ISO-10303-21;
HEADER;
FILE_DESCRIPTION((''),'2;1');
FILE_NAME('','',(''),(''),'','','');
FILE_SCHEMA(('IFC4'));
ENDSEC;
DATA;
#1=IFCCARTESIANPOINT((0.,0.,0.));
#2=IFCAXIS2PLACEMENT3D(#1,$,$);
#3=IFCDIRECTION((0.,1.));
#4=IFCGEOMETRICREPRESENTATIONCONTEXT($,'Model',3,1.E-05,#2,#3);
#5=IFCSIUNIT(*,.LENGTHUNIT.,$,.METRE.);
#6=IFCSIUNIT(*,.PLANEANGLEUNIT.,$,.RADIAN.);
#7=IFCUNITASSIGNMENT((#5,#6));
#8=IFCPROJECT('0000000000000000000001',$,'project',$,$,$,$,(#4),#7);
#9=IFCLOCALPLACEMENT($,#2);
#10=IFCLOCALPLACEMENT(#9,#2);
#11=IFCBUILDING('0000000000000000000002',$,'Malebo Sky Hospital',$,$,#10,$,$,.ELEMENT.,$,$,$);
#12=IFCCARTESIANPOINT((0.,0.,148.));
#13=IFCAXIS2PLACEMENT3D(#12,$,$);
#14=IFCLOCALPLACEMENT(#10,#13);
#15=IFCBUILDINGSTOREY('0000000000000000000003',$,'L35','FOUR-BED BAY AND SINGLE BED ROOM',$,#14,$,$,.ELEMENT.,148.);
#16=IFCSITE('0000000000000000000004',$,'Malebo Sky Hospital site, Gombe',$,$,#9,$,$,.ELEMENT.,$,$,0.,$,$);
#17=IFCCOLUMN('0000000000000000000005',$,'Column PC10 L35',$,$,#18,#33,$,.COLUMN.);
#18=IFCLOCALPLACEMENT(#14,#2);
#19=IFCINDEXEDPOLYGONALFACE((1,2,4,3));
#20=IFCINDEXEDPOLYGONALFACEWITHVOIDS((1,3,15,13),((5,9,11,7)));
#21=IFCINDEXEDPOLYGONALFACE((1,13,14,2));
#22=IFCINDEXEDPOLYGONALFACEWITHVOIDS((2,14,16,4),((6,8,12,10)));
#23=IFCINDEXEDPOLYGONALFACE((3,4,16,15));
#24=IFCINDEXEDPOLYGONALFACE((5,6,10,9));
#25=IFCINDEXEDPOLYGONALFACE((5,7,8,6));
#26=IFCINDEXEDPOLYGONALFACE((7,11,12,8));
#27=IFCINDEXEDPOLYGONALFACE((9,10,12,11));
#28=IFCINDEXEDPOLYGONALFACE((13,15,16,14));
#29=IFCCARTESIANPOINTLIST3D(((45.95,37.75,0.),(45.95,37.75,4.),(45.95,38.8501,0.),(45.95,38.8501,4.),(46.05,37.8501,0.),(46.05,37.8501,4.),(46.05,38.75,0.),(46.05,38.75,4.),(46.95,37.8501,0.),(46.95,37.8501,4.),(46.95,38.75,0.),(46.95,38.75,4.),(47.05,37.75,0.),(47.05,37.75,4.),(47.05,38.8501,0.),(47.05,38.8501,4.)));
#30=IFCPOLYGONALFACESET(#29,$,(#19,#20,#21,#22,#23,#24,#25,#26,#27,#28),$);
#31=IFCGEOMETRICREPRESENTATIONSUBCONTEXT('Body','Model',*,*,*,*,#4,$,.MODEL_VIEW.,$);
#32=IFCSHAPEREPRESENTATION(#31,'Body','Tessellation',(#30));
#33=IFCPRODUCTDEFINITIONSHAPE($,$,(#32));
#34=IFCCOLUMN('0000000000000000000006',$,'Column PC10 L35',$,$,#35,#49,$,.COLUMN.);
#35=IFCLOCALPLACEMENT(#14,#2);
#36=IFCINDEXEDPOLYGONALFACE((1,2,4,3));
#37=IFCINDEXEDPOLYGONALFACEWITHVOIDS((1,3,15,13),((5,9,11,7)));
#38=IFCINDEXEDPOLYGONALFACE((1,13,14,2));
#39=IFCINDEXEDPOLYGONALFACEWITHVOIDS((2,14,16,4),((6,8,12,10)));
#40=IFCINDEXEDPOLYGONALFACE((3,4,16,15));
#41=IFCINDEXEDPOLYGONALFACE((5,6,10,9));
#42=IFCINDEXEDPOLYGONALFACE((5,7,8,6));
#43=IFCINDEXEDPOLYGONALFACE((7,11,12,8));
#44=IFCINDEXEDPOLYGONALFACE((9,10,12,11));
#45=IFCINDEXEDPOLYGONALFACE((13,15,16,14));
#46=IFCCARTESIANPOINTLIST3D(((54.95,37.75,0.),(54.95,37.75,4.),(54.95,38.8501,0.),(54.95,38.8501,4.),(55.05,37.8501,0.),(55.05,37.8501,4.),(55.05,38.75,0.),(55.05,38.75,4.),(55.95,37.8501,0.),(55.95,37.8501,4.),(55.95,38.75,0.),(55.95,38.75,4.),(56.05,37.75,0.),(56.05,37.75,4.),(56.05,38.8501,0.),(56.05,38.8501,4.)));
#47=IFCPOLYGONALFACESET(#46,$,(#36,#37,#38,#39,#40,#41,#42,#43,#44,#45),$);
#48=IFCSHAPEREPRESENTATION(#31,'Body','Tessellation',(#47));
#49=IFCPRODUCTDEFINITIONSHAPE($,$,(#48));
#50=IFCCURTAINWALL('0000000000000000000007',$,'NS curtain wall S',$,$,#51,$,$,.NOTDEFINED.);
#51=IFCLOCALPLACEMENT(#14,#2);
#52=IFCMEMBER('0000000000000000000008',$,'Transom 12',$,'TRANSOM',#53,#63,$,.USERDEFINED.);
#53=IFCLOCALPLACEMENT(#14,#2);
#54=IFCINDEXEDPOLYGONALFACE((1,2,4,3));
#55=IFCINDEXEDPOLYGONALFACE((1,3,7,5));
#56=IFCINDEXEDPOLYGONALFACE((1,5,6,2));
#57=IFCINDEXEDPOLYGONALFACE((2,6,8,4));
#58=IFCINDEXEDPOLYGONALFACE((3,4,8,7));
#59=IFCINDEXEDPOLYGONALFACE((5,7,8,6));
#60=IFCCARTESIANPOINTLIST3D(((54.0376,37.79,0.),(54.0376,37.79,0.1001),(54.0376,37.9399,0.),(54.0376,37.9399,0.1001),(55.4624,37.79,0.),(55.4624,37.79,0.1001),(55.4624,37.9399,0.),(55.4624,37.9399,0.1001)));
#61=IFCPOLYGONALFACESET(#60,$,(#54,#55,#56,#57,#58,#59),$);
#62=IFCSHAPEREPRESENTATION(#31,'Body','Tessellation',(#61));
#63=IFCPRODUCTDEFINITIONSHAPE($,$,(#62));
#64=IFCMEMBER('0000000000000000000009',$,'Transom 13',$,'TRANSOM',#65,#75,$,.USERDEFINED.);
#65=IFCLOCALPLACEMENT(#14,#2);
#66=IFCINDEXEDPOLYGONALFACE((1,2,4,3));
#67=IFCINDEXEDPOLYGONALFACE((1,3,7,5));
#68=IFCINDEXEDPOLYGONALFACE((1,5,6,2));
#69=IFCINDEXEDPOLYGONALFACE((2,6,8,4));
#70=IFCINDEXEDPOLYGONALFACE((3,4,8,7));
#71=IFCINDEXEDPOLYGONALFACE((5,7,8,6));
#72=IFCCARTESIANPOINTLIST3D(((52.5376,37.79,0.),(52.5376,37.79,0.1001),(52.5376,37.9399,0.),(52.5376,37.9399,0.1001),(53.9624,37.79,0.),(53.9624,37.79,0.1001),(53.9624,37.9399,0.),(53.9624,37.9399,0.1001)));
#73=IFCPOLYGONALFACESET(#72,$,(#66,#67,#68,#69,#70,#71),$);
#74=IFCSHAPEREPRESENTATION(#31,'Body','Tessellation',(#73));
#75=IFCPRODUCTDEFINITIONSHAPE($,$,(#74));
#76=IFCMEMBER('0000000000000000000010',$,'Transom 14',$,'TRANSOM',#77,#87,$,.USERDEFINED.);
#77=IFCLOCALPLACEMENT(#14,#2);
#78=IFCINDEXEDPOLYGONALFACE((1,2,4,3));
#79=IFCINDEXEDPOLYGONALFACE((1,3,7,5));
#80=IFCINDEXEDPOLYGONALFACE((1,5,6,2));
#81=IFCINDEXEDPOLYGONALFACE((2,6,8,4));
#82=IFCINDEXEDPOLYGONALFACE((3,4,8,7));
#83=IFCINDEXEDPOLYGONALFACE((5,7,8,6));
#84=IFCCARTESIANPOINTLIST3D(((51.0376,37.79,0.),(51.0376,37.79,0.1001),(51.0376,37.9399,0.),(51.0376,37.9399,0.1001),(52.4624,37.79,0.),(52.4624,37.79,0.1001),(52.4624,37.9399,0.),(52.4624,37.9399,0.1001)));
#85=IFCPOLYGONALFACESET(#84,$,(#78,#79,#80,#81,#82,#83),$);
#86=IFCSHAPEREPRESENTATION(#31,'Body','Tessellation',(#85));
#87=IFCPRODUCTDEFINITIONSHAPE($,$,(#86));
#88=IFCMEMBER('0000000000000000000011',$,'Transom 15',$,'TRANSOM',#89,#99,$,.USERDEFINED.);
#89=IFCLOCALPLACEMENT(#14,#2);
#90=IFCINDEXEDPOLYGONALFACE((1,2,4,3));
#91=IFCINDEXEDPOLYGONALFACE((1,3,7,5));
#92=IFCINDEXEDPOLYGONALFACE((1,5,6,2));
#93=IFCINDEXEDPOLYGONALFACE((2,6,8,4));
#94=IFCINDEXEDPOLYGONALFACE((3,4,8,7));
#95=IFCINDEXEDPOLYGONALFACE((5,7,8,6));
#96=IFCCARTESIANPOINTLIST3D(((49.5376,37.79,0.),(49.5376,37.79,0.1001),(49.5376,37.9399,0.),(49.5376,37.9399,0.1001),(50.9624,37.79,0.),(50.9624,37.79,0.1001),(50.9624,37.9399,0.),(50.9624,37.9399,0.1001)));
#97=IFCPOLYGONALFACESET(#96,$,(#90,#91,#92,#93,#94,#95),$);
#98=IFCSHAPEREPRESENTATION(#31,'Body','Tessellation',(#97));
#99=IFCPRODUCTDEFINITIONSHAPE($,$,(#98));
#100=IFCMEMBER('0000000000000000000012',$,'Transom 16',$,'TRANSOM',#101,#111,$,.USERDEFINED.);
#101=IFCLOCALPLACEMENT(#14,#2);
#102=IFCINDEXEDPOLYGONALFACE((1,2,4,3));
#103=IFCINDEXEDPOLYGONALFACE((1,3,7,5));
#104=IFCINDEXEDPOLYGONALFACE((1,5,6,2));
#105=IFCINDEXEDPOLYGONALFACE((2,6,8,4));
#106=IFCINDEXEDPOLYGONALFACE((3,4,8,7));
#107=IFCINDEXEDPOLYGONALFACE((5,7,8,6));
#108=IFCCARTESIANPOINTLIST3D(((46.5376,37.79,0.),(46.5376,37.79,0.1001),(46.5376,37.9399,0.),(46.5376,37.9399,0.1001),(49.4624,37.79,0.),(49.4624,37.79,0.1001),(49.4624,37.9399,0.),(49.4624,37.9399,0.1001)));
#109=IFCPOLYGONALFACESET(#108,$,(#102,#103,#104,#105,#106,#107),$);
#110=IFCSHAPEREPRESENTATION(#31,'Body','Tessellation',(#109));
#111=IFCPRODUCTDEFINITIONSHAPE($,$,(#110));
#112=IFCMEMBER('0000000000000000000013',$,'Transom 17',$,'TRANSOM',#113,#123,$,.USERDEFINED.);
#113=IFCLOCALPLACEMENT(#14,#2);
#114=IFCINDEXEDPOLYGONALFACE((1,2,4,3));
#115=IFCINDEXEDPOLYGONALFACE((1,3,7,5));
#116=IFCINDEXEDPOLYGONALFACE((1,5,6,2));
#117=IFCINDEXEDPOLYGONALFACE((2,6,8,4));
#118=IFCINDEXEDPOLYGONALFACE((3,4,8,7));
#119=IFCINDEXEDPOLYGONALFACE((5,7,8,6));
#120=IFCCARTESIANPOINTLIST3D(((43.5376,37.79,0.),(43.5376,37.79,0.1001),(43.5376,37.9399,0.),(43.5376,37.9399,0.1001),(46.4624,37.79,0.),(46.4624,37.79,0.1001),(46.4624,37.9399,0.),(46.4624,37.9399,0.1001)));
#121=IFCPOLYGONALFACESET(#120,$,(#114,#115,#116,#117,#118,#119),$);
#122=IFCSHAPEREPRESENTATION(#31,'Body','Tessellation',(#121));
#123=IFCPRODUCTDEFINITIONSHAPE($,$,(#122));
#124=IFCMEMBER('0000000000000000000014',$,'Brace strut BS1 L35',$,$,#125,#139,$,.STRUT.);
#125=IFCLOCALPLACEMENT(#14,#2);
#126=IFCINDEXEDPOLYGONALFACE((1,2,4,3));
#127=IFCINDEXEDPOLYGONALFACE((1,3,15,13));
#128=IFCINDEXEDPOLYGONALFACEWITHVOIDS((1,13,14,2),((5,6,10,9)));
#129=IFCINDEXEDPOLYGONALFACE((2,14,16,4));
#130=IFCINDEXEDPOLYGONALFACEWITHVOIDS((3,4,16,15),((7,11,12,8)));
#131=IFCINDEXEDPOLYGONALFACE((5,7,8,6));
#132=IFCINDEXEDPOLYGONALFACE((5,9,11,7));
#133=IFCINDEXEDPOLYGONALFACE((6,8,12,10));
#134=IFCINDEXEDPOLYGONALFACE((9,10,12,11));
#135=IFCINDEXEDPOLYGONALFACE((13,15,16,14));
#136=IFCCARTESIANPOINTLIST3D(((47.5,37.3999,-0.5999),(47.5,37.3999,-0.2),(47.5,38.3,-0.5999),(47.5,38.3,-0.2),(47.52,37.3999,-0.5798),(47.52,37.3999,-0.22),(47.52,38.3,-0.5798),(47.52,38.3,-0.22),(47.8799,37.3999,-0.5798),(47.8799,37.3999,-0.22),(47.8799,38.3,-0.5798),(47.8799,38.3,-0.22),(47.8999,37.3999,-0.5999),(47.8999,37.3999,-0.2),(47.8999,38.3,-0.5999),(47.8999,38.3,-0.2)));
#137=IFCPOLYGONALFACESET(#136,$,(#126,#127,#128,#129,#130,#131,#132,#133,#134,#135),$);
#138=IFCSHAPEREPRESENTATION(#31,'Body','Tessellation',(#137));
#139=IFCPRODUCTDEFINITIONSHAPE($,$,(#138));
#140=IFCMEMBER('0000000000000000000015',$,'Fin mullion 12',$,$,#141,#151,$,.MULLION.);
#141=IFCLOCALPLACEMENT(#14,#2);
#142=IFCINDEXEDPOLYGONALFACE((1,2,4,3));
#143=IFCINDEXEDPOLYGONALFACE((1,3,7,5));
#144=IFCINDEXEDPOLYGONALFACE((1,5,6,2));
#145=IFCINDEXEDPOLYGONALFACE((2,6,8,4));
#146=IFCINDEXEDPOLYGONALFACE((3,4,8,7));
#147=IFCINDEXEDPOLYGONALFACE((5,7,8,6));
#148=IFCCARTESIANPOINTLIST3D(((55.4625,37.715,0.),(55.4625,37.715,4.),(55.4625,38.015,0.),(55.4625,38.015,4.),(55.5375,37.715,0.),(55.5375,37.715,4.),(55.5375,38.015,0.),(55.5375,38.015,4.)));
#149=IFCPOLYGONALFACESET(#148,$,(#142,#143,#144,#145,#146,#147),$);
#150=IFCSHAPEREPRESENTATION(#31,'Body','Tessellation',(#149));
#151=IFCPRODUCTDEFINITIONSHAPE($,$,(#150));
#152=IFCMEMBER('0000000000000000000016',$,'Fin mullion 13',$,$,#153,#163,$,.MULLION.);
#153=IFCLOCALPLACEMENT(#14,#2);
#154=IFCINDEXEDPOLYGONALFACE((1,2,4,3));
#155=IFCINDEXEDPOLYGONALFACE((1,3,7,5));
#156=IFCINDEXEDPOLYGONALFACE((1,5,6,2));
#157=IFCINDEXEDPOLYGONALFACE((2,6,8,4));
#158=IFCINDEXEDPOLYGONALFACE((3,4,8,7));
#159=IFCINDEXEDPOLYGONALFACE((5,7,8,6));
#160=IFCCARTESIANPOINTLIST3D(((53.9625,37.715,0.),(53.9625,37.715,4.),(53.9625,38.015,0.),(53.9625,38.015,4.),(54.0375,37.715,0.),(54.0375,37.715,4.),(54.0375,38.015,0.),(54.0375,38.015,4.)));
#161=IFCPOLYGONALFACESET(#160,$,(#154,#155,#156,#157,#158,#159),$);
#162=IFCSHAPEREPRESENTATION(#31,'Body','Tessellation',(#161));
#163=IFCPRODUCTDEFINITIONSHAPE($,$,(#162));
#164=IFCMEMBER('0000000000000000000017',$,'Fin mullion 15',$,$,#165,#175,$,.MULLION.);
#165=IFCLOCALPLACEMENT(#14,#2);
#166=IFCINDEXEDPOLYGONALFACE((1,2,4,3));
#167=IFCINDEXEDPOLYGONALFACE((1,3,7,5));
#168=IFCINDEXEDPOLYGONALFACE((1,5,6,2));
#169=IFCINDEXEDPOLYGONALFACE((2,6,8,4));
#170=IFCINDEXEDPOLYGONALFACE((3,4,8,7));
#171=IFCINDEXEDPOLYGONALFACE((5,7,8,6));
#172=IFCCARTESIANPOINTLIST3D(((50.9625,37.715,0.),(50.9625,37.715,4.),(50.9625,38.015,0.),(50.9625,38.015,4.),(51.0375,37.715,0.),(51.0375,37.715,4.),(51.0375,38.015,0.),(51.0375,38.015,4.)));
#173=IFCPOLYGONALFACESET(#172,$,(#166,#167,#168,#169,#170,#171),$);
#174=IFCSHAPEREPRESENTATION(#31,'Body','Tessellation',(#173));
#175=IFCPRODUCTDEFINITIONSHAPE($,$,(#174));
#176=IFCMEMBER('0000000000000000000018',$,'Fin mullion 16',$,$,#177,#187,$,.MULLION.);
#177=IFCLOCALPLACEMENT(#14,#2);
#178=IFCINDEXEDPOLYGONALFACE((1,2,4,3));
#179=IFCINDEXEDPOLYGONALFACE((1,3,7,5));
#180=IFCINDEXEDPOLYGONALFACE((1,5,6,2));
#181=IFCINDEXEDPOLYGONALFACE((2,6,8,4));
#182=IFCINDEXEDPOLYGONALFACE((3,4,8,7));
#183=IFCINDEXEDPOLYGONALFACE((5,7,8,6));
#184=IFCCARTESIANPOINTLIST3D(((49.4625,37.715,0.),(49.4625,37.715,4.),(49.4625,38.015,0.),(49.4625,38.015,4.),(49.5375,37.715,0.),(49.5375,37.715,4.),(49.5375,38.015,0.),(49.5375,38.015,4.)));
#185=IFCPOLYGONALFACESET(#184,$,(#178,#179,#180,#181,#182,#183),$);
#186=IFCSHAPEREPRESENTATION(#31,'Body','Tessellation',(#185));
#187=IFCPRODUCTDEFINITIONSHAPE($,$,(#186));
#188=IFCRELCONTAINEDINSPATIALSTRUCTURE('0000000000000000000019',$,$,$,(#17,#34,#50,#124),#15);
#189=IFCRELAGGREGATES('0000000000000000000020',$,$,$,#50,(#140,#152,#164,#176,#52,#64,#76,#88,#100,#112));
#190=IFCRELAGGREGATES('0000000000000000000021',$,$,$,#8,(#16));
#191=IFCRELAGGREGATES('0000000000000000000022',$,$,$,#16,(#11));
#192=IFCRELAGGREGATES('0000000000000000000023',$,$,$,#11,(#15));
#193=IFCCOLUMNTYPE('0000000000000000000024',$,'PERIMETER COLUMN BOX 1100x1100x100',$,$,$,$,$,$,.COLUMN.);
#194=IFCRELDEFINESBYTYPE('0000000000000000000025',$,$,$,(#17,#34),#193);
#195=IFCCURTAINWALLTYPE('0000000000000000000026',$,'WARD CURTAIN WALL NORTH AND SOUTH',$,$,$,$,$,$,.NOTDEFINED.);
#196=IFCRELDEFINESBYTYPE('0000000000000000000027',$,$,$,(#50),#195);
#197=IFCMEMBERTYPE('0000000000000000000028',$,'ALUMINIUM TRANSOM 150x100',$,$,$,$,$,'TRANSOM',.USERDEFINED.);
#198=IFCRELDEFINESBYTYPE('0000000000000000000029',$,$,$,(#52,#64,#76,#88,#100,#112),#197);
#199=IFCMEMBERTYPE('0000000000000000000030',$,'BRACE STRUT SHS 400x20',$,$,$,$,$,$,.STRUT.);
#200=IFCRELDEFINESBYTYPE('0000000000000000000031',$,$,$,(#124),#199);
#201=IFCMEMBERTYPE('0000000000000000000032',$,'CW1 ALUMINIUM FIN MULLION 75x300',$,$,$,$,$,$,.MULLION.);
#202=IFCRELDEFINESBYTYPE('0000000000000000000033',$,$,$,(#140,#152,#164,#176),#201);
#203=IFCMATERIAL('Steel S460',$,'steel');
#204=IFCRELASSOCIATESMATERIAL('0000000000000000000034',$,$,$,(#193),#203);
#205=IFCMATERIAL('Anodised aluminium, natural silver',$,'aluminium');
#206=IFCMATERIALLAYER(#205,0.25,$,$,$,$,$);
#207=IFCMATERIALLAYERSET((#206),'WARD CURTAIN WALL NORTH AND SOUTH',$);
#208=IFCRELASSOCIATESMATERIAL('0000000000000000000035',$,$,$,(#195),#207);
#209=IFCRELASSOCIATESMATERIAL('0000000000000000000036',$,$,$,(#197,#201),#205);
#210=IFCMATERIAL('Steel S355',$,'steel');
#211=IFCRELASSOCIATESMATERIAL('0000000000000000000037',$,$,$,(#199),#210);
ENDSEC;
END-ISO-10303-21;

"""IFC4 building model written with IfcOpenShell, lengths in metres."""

from ifc_helpers import new_model, si_unit, direction, frame, origin, origin_2d, place, context, subcontext, project, spatial, rectangle, hollow_rectangle, extrude, material, layer, layer_set, material_profile, profile_set, type_object, element, aggregate, save


model = new_model("IFC4")

# Units and contexts
model_context = context("Model", 3, precision=1e-05, world=origin(), true_north=direction((0.0, 1.0)))
body_context = subcontext(model_context, "Body", "Model", "MODEL_VIEW")
ifc_project = project(units=[si_unit("LENGTHUNIT", "METRE"), si_unit("PLANEANGLEUNIT", "RADIAN")], contexts=[model_context])

# Site, building, storey
site_placement = place(None, origin())
site = spatial("IfcSite", under=ifc_project, at=site_placement, Name="Malebo Sky Hospital site, Gombe", CompositionType="ELEMENT", RefElevation=0.0)
building_placement = place(site_placement, origin())
building = spatial("IfcBuilding", under=site, at=building_placement, Name="Malebo Sky Hospital", CompositionType="ELEMENT")
storey_placement = place(building_placement, frame((0.0, 0.0, 148.0)))
storey = spatial("IfcBuildingStorey", under=building, at=storey_placement, Name="L35", Description="FOUR-BED BAY AND SINGLE BED ROOM", CompositionType="ELEMENT", Elevation=148.0)

# Columns
ifc_material_1 = material(Name="Steel S460", Category="steel")
ifc_material_profile_1 = material_profile(ifc_material_1, hollow_rectangle(XDim=1.1001, YDim=1.1001, WallThickness=0.1001, at=origin_2d()), Name="BOX 1100x1100x100")
ifc_profile_set_1 = profile_set([ifc_material_profile_1], Name="Steel S460")
column_type = type_object("IfcColumnType", Name="PERIMETER COLUMN BOX 1100x1100x100", PredefinedType="COLUMN", material=ifc_profile_set_1)
for number, where, z_axis, x_axis, name in (
    (1, (46.5, 38.3, 0.0), (0.0, 0.0, 1.0), (1.0, 0.0, 0.0), "Column PC10 L35"),
    (2, (55.5, 38.3, 0.0), (0.0, 0.0, 1.0), (1.0, 0.0, 0.0), "Column PC10 L35"),
):
    element("IfcColumn", number, at=place(storey_placement, frame(where, z_axis=z_axis, x_axis=x_axis)), inside=storey, type_object=column_type, Name=name, PredefinedType="COLUMN", context=body_context, shape_type="SweptSolid", body=[
        extrude(hollow_rectangle(XDim=1.1001, YDim=1.1001, WallThickness=0.1001, at=origin_2d()), origin(), (0.0, 0.0, 1.0), 4.0),
    ])

# Curtain wall, members
ifc_material_2 = material(Name="Anodised aluminium, natural silver", Category="aluminium")
ifc_layer_1 = layer(ifc_material_2, 0.25)
ifc_layer_set_1 = layer_set([ifc_layer_1], Name="WARD CURTAIN WALL NORTH AND SOUTH")
curtain_wall_type = type_object("IfcCurtainWallType", Name="WARD CURTAIN WALL NORTH AND SOUTH", PredefinedType="NOTDEFINED", material=ifc_layer_set_1)
curtain_wall_placement = place(storey_placement, origin())
curtain_wall = element("IfcCurtainWall", 3, at=curtain_wall_placement, inside=storey, type_object=curtain_wall_type, Name="NS curtain wall S", PredefinedType="NOTDEFINED")
ifc_material_profile_2 = material_profile(ifc_material_2, rectangle(XDim=0.1499, YDim=0.1001, at=origin_2d()), Name="ALUMINIUM TRANSOM 150x100")
ifc_profile_set_2 = profile_set([ifc_material_profile_2], Name="Anodised aluminium, natural silver")
member_type_1 = type_object("IfcMemberType", Name="ALUMINIUM TRANSOM 150x100", ElementType="TRANSOM", PredefinedType="USERDEFINED", material=ifc_profile_set_2)
member_1_placement = place(storey_placement, frame((55.4624, 37.865, 0.05), z_axis=(-1.0, 0.0, 0.0), x_axis=(0.0, -1.0, 0.0)))
member_1 = element("IfcMember", 4, at=member_1_placement, type_object=member_type_1, Name="Transom 12", ObjectType="TRANSOM", PredefinedType="USERDEFINED", context=body_context, shape_type="SweptSolid", body=[
    extrude(rectangle(XDim=0.1499, YDim=0.1001, at=origin_2d()), origin(), (0.0, 0.0, 1.0), 1.4248),
])
member_2_placement = place(storey_placement, frame((53.9624, 37.865, 0.05), z_axis=(-1.0, 0.0, 0.0), x_axis=(0.0, -1.0, 0.0)))
member_2 = element("IfcMember", 5, at=member_2_placement, type_object=member_type_1, Name="Transom 13", ObjectType="TRANSOM", PredefinedType="USERDEFINED", context=body_context, shape_type="SweptSolid", body=[
    extrude(rectangle(XDim=0.1499, YDim=0.1001, at=origin_2d()), origin(), (0.0, 0.0, 1.0), 1.4248),
])
member_3_placement = place(storey_placement, frame((52.4624, 37.865, 0.05), z_axis=(-1.0, 0.0, 0.0), x_axis=(0.0, -1.0, 0.0)))
member_3 = element("IfcMember", 6, at=member_3_placement, type_object=member_type_1, Name="Transom 14", ObjectType="TRANSOM", PredefinedType="USERDEFINED", context=body_context, shape_type="SweptSolid", body=[
    extrude(rectangle(XDim=0.1499, YDim=0.1001, at=origin_2d()), origin(), (0.0, 0.0, 1.0), 1.4248),
])
member_4_placement = place(storey_placement, frame((50.9624, 37.865, 0.05), z_axis=(-1.0, 0.0, 0.0), x_axis=(0.0, -1.0, 0.0)))
member_4 = element("IfcMember", 7, at=member_4_placement, type_object=member_type_1, Name="Transom 15", ObjectType="TRANSOM", PredefinedType="USERDEFINED", context=body_context, shape_type="SweptSolid", body=[
    extrude(rectangle(XDim=0.1499, YDim=0.1001, at=origin_2d()), origin(), (0.0, 0.0, 1.0), 1.4248),
])
member_5_placement = place(storey_placement, frame((49.4624, 37.865, 0.05), z_axis=(-1.0, 0.0, 0.0), x_axis=(0.0, -1.0, 0.0)))
member_5 = element("IfcMember", 8, at=member_5_placement, type_object=member_type_1, Name="Transom 16", ObjectType="TRANSOM", PredefinedType="USERDEFINED", context=body_context, shape_type="SweptSolid", body=[
    extrude(rectangle(XDim=0.1499, YDim=0.1001, at=origin_2d()), origin(), (0.0, 0.0, 1.0), 2.9248),
])
member_6_placement = place(storey_placement, frame((46.4624, 37.865, 0.05), z_axis=(-1.0, 0.0, 0.0), x_axis=(0.0, -1.0, 0.0)))
member_6 = element("IfcMember", 9, at=member_6_placement, type_object=member_type_1, Name="Transom 17", ObjectType="TRANSOM", PredefinedType="USERDEFINED", context=body_context, shape_type="SweptSolid", body=[
    extrude(rectangle(XDim=0.1499, YDim=0.1001, at=origin_2d()), origin(), (0.0, 0.0, 1.0), 2.9248),
])

# Members
ifc_material_3 = material(Name="Steel S355", Category="steel")
ifc_material_profile_3 = material_profile(ifc_material_3, hollow_rectangle(XDim=0.3999, YDim=0.3999, WallThickness=0.02, at=origin_2d()), Name="SHS 400x20")
ifc_profile_set_3 = profile_set([ifc_material_profile_3], Name="Steel S355")
member_type_2 = type_object("IfcMemberType", Name="BRACE STRUT SHS 400x20", PredefinedType="STRUT", material=ifc_profile_set_3)
member_7_placement = place(storey_placement, frame((47.7, 37.3999, -0.3999), z_axis=(0.0, 1.0, 0.0), x_axis=(-1.0, 0.0, 0.0)))
element("IfcMember", 10, at=member_7_placement, inside=storey, type_object=member_type_2, Name="Brace strut BS1 L35", PredefinedType="STRUT", context=body_context, shape_type="SweptSolid", body=[
    extrude(hollow_rectangle(XDim=0.3999, YDim=0.3999, WallThickness=0.02, at=origin_2d()), origin(), (0.0, 0.0, 1.0), 0.9001),
])
ifc_material_profile_4 = material_profile(ifc_material_2, rectangle(XDim=0.075, YDim=0.3, at=origin_2d()), Name="CW1 ALUMINIUM FIN MULLION 75x300")
ifc_profile_set_4 = profile_set([ifc_material_profile_4], Name="Anodised aluminium, natural silver")
member_type_3 = type_object("IfcMemberType", Name="CW1 ALUMINIUM FIN MULLION 75x300", PredefinedType="MULLION", material=ifc_profile_set_4)
member_8_placement = place(storey_placement, frame((55.5, 37.865, 0.0), z_axis=(0.0, 0.0, 1.0), x_axis=(-1.0, 0.0, 0.0)))
member_8 = element("IfcMember", 11, at=member_8_placement, type_object=member_type_3, Name="Fin mullion 12", PredefinedType="MULLION", context=body_context, shape_type="SweptSolid", body=[
    extrude(rectangle(XDim=0.075, YDim=0.3, at=origin_2d()), origin(), (0.0, 0.0, 1.0), 4.0),
])
member_9_placement = place(storey_placement, frame((54.0, 37.865, 0.0), z_axis=(0.0, 0.0, 1.0), x_axis=(-1.0, 0.0, 0.0)))
member_9 = element("IfcMember", 12, at=member_9_placement, type_object=member_type_3, Name="Fin mullion 13", PredefinedType="MULLION", context=body_context, shape_type="SweptSolid", body=[
    extrude(rectangle(XDim=0.075, YDim=0.3, at=origin_2d()), origin(), (0.0, 0.0, 1.0), 4.0),
])
member_10_placement = place(storey_placement, frame((51.0, 37.865, 0.0), z_axis=(0.0, 0.0, 1.0), x_axis=(-1.0, 0.0, 0.0)))
member_10 = element("IfcMember", 13, at=member_10_placement, type_object=member_type_3, Name="Fin mullion 15", PredefinedType="MULLION", context=body_context, shape_type="SweptSolid", body=[
    extrude(rectangle(XDim=0.075, YDim=0.3, at=origin_2d()), origin(), (0.0, 0.0, 1.0), 4.0),
])
member_11_placement = place(storey_placement, frame((49.5, 37.865, 0.0), z_axis=(0.0, 0.0, 1.0), x_axis=(-1.0, 0.0, 0.0)))
member_11 = element("IfcMember", 14, at=member_11_placement, type_object=member_type_3, Name="Fin mullion 16", PredefinedType="MULLION", context=body_context, shape_type="SweptSolid", body=[
    extrude(rectangle(XDim=0.075, YDim=0.3, at=origin_2d()), origin(), (0.0, 0.0, 1.0), 4.0),
])

aggregate(curtain_wall, [member_8, member_9, member_10, member_11, member_1, member_2, member_3, member_4, member_5, member_6])

save(model, "model.ifc")
